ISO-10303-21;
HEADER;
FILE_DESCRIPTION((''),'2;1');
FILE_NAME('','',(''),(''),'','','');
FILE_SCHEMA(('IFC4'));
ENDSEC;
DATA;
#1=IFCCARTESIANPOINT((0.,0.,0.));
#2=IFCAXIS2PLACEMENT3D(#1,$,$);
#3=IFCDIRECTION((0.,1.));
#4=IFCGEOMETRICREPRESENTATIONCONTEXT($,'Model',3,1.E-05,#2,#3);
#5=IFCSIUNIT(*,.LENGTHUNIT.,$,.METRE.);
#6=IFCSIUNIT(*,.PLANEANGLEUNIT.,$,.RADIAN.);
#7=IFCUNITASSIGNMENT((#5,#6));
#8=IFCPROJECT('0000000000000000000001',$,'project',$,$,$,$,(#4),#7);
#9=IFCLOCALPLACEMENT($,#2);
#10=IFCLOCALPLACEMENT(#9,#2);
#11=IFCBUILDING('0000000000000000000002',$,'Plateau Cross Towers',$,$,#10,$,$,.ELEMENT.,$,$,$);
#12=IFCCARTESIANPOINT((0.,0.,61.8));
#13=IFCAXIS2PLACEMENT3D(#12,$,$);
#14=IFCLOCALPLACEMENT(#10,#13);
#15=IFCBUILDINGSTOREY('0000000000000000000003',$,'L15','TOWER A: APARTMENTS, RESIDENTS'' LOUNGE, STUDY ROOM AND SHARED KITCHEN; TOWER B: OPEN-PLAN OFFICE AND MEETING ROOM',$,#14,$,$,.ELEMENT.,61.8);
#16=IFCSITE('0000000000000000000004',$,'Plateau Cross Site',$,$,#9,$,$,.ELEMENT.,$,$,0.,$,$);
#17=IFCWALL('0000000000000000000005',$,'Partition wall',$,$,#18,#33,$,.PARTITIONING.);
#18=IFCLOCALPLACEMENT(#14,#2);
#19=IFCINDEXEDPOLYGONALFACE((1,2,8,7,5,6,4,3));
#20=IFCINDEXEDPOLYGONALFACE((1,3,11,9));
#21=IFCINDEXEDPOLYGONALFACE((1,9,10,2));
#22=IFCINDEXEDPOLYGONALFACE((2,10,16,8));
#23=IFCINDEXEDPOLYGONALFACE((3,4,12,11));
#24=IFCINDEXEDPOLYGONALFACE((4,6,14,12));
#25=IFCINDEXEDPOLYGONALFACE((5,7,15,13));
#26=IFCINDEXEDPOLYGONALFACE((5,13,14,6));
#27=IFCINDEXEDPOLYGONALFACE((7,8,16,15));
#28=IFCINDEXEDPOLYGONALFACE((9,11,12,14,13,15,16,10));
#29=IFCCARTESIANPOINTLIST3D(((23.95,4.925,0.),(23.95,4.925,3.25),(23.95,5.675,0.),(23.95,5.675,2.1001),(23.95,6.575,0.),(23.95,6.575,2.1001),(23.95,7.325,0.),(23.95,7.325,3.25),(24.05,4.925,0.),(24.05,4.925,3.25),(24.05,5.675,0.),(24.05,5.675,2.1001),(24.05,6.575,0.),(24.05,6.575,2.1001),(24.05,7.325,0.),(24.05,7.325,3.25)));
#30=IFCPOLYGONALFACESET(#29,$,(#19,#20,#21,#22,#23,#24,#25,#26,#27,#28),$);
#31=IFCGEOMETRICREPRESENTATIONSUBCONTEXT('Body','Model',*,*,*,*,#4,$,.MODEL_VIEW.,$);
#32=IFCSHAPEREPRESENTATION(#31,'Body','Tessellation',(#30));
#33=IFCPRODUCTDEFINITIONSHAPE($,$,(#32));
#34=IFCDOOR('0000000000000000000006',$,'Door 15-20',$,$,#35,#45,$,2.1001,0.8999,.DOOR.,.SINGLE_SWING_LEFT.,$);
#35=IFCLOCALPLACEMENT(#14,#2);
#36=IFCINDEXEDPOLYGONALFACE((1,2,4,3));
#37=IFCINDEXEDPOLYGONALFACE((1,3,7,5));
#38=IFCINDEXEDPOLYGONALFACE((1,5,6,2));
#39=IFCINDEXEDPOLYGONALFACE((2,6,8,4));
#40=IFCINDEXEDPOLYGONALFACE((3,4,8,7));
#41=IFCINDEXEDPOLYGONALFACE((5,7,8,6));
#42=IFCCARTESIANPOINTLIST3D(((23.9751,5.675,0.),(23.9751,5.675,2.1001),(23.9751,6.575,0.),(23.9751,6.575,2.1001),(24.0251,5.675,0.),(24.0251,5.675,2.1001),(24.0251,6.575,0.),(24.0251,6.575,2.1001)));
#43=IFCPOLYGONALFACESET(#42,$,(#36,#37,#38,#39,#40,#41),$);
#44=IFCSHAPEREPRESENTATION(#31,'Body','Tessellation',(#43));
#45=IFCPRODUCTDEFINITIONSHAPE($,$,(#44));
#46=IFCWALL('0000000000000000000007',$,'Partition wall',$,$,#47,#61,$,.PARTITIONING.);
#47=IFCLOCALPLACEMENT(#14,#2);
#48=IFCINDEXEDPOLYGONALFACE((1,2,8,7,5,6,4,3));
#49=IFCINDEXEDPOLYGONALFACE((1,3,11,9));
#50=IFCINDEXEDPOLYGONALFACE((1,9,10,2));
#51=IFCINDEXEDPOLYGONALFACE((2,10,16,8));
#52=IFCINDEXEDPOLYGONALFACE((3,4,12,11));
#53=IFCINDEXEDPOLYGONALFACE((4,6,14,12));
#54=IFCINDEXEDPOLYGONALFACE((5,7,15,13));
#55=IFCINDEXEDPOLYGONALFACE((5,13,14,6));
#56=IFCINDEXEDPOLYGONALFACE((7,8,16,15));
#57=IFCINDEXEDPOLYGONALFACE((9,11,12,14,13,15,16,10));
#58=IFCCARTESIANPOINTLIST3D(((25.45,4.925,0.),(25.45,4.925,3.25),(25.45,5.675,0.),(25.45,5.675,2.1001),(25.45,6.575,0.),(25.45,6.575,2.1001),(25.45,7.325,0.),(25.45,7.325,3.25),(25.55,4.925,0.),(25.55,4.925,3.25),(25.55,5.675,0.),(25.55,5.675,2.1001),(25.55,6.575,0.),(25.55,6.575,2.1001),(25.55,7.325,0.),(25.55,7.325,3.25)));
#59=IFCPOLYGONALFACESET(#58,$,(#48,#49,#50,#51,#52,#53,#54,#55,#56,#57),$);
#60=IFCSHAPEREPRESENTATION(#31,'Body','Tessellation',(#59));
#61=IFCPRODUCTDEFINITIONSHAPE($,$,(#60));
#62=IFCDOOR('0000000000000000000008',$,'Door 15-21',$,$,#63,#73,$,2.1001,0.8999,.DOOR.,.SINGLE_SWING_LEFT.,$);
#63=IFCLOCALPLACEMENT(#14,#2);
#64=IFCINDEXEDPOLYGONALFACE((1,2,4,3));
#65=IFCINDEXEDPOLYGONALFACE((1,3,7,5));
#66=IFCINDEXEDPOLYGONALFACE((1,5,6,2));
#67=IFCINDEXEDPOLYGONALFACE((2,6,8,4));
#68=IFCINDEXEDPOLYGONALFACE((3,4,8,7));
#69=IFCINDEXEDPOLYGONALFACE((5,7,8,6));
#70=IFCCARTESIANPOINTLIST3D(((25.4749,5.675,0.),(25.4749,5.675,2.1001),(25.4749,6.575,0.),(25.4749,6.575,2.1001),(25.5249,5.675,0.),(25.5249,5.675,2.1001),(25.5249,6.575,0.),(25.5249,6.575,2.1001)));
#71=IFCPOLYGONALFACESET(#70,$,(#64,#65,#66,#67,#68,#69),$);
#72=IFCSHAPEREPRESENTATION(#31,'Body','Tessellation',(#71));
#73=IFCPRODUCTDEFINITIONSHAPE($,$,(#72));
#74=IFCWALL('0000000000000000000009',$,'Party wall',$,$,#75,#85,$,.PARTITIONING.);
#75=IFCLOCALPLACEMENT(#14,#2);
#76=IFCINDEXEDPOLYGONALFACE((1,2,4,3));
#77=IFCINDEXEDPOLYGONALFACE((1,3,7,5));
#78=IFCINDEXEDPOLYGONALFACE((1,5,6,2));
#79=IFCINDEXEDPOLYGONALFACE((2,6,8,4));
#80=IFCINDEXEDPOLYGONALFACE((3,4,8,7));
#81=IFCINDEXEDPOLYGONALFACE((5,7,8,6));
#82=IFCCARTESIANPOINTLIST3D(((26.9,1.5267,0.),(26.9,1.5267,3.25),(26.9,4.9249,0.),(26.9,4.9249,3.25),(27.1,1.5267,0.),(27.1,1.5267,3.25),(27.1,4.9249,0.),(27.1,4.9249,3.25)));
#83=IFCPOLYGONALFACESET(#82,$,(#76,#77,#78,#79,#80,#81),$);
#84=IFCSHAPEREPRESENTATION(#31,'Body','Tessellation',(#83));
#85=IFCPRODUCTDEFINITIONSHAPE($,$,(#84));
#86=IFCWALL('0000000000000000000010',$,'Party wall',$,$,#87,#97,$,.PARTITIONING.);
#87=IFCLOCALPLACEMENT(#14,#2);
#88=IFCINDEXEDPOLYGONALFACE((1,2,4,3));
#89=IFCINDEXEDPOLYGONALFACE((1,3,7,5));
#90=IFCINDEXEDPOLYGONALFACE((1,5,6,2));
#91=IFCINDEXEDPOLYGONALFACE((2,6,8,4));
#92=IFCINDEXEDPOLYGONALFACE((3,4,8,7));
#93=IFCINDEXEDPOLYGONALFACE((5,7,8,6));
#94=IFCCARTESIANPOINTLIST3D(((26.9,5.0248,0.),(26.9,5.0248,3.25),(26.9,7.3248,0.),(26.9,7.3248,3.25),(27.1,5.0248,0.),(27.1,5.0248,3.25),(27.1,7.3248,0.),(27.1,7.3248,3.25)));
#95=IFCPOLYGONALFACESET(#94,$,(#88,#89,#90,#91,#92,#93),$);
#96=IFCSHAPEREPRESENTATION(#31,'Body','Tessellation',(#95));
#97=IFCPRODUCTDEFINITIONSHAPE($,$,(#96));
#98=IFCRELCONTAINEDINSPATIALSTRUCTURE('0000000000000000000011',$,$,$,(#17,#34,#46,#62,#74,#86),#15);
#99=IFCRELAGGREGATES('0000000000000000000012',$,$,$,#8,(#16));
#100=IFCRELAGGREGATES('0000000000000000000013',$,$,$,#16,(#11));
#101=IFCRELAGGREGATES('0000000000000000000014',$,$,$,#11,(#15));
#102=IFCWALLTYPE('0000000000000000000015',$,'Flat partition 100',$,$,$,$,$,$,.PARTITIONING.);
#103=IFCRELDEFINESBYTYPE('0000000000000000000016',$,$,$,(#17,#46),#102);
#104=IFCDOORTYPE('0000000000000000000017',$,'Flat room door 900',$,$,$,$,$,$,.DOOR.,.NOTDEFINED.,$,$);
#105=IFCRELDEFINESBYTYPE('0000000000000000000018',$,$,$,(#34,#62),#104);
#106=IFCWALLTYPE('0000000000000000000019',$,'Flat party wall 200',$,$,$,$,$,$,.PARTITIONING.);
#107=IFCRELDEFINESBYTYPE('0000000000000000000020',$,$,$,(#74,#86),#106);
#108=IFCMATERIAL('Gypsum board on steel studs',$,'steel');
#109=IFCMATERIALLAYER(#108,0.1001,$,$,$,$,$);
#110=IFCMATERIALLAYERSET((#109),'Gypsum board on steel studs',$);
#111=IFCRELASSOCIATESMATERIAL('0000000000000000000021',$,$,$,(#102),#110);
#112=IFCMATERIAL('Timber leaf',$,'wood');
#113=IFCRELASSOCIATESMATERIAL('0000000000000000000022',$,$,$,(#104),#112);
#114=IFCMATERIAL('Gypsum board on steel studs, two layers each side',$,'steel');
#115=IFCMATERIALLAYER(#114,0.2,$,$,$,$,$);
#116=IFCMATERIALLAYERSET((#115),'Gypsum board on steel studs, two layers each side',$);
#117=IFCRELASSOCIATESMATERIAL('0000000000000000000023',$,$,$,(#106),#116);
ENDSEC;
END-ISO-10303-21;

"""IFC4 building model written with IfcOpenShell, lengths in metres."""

from ifc_helpers import new_model, si_unit, direction, frame, frame_2d, origin, place, context, subcontext, project, spatial, rectangle, extrude, material, layer, layer_set, type_object, element, fill, save


model = new_model("IFC4")

# Units and contexts
model_context = context("Model", 3, precision=1e-05, world=origin(), true_north=direction((0.0, 1.0)))
body_context = subcontext(model_context, "Body", "Model", "MODEL_VIEW")
ifc_project = project(units=[si_unit("LENGTHUNIT", "METRE"), si_unit("PLANEANGLEUNIT", "RADIAN")], contexts=[model_context])

# Site, building, storey
site_placement = place(None, origin())
site = spatial("IfcSite", under=ifc_project, at=site_placement, Name="Plateau Cross Site", CompositionType="ELEMENT", RefElevation=0.0)
building_placement = place(site_placement, origin())
building = spatial("IfcBuilding", under=site, at=building_placement, Name="Plateau Cross Towers", CompositionType="ELEMENT")
storey_placement = place(building_placement, frame((0.0, 0.0, 61.8)))
storey = spatial("IfcBuildingStorey", under=building, at=storey_placement, Name="L15", Description="TOWER A: APARTMENTS, RESIDENTS' LOUNGE, STUDY ROOM AND SHARED KITCHEN; TOWER B: OPEN-PLAN OFFICE AND MEETING ROOM", CompositionType="ELEMENT", Elevation=61.8)

# Shared definitions
ifc_material_1 = material(Name="Gypsum board on steel studs", Category="steel")
ifc_layer_1 = layer(ifc_material_1, 0.1001)
ifc_layer_set_1 = layer_set([ifc_layer_1], Name="Gypsum board on steel studs")
wall_type_1 = type_object("IfcWallType", Name="Flat partition 100", PredefinedType="PARTITIONING", material=ifc_layer_set_1)

# Walls, openings, doors
wall_1_placement = place(storey_placement, frame((24.0, 4.925, 0.0), z_axis=(0.0, 0.0, 1.0), x_axis=(0.0, 1.0, 0.0)))
wall_1 = element("IfcWall", 1, at=wall_1_placement, inside=storey, type_object=wall_type_1, Name="Partition wall", PredefinedType="PARTITIONING", context=body_context, shape_type="SweptSolid", body=[
    extrude(rectangle(XDim=2.3999, YDim=0.1001, at=frame_2d((1.2, 0.0))), origin(), (0.0, 0.0, 1.0), 3.25),
])
opening_1_placement = place(wall_1_placement, frame((0.75, 0.0, 0.0)))
opening_1 = element("IfcOpeningElement", 2, at=opening_1_placement, cuts=wall_1, PredefinedType="OPENING", context=body_context, shape_type="SweptSolid", body=[
    extrude(rectangle(XDim=0.8999, YDim=2.1001, at=frame_2d((0.45, 1.05))), frame((0.0, 0.0601, 0.0), z_axis=(0.0, -1.0, 0.0), x_axis=(1.0, 0.0, 0.0)), (0.0, 0.0, 1.0), 0.1201),
])
ifc_material_2 = material(Name="Timber leaf", Category="wood")
door_type_1 = type_object("IfcDoorType", Name="Flat room door 900", OperationType="NOTDEFINED", PredefinedType="DOOR", material=ifc_material_2)
door_1_placement = place(opening_1_placement, origin())
door_1 = element("IfcDoor", 3, at=door_1_placement, inside=storey, type_object=door_type_1, Name="Door 15-20", OperationType="SINGLE_SWING_LEFT", OverallHeight=2.1001, OverallWidth=0.8999, PredefinedType="DOOR", context=body_context, shape_type="SweptSolid", body=[
    extrude(rectangle(XDim=0.8999, YDim=2.1001, at=frame_2d((0.45, 1.05))), frame((0.0, 0.0249, 0.0), z_axis=(0.0, -1.0, 0.0), x_axis=(1.0, 0.0, 0.0)), (0.0, 0.0, 1.0), 0.05),
])
fill(opening_1, door_1)
wall_2_placement = place(storey_placement, frame((25.5, 7.325, 0.0), z_axis=(0.0, 0.0, 1.0), x_axis=(0.0, -1.0, 0.0)))
wall_2 = element("IfcWall", 4, at=wall_2_placement, inside=storey, type_object=wall_type_1, Name="Partition wall", PredefinedType="PARTITIONING", context=body_context, shape_type="SweptSolid", body=[
    extrude(rectangle(XDim=2.3999, YDim=0.1001, at=frame_2d((1.2, 0.0))), origin(), (0.0, 0.0, 1.0), 3.25),
])
opening_2_placement = place(wall_2_placement, frame((0.75, 0.0, 0.0)))
opening_2 = element("IfcOpeningElement", 5, at=opening_2_placement, cuts=wall_2, PredefinedType="OPENING", context=body_context, shape_type="SweptSolid", body=[
    extrude(rectangle(XDim=0.8999, YDim=2.1001, at=frame_2d((0.45, 1.05))), frame((0.0, 0.0601, 0.0), z_axis=(0.0, -1.0, 0.0), x_axis=(1.0, 0.0, 0.0)), (0.0, 0.0, 1.0), 0.1201),
])
door_2_placement = place(opening_2_placement, origin())
door_2 = element("IfcDoor", 6, at=door_2_placement, inside=storey, type_object=door_type_1, Name="Door 15-21", OperationType="SINGLE_SWING_LEFT", OverallHeight=2.1001, OverallWidth=0.8999, PredefinedType="DOOR", context=body_context, shape_type="SweptSolid", body=[
    extrude(rectangle(XDim=0.8999, YDim=2.1001, at=frame_2d((0.45, 1.05))), frame((0.0, 0.0249, 0.0), z_axis=(0.0, -1.0, 0.0), x_axis=(1.0, 0.0, 0.0)), (0.0, 0.0, 1.0), 0.05),
])
fill(opening_2, door_2)

# Walls
ifc_material_3 = material(Name="Gypsum board on steel studs, two layers each side", Category="steel")
ifc_layer_2 = layer(ifc_material_3, 0.2)
ifc_layer_set_2 = layer_set([ifc_layer_2], Name="Gypsum board on steel studs, two layers each side")
wall_type_2 = type_object("IfcWallType", Name="Flat party wall 200", PredefinedType="PARTITIONING", material=ifc_layer_set_2)
wall_3_placement = place(storey_placement, frame((27.0, 4.925, 0.0), z_axis=(0.0, 0.0, 1.0), x_axis=(0.0, -1.0, 0.0)))
element("IfcWall", 7, at=wall_3_placement, inside=storey, type_object=wall_type_2, Name="Party wall", PredefinedType="PARTITIONING", context=body_context, shape_type="SweptSolid", body=[
    extrude(rectangle(XDim=3.3982, YDim=0.2, at=frame_2d((1.6992, 0.0))), origin(), (0.0, 0.0, 1.0), 3.25),
])
wall_4_placement = place(storey_placement, frame((27.0, 5.0249, 0.0), z_axis=(0.0, 0.0, 1.0), x_axis=(0.0, 1.0, 0.0)))
element("IfcWall", 8, at=wall_4_placement, inside=storey, type_object=wall_type_2, Name="Party wall", PredefinedType="PARTITIONING", context=body_context, shape_type="SweptSolid", body=[
    extrude(rectangle(XDim=2.3, YDim=0.2, at=frame_2d((1.1499, 0.0))), origin(), (0.0, 0.0, 1.0), 3.25),
])

save(model, "model.ifc")
